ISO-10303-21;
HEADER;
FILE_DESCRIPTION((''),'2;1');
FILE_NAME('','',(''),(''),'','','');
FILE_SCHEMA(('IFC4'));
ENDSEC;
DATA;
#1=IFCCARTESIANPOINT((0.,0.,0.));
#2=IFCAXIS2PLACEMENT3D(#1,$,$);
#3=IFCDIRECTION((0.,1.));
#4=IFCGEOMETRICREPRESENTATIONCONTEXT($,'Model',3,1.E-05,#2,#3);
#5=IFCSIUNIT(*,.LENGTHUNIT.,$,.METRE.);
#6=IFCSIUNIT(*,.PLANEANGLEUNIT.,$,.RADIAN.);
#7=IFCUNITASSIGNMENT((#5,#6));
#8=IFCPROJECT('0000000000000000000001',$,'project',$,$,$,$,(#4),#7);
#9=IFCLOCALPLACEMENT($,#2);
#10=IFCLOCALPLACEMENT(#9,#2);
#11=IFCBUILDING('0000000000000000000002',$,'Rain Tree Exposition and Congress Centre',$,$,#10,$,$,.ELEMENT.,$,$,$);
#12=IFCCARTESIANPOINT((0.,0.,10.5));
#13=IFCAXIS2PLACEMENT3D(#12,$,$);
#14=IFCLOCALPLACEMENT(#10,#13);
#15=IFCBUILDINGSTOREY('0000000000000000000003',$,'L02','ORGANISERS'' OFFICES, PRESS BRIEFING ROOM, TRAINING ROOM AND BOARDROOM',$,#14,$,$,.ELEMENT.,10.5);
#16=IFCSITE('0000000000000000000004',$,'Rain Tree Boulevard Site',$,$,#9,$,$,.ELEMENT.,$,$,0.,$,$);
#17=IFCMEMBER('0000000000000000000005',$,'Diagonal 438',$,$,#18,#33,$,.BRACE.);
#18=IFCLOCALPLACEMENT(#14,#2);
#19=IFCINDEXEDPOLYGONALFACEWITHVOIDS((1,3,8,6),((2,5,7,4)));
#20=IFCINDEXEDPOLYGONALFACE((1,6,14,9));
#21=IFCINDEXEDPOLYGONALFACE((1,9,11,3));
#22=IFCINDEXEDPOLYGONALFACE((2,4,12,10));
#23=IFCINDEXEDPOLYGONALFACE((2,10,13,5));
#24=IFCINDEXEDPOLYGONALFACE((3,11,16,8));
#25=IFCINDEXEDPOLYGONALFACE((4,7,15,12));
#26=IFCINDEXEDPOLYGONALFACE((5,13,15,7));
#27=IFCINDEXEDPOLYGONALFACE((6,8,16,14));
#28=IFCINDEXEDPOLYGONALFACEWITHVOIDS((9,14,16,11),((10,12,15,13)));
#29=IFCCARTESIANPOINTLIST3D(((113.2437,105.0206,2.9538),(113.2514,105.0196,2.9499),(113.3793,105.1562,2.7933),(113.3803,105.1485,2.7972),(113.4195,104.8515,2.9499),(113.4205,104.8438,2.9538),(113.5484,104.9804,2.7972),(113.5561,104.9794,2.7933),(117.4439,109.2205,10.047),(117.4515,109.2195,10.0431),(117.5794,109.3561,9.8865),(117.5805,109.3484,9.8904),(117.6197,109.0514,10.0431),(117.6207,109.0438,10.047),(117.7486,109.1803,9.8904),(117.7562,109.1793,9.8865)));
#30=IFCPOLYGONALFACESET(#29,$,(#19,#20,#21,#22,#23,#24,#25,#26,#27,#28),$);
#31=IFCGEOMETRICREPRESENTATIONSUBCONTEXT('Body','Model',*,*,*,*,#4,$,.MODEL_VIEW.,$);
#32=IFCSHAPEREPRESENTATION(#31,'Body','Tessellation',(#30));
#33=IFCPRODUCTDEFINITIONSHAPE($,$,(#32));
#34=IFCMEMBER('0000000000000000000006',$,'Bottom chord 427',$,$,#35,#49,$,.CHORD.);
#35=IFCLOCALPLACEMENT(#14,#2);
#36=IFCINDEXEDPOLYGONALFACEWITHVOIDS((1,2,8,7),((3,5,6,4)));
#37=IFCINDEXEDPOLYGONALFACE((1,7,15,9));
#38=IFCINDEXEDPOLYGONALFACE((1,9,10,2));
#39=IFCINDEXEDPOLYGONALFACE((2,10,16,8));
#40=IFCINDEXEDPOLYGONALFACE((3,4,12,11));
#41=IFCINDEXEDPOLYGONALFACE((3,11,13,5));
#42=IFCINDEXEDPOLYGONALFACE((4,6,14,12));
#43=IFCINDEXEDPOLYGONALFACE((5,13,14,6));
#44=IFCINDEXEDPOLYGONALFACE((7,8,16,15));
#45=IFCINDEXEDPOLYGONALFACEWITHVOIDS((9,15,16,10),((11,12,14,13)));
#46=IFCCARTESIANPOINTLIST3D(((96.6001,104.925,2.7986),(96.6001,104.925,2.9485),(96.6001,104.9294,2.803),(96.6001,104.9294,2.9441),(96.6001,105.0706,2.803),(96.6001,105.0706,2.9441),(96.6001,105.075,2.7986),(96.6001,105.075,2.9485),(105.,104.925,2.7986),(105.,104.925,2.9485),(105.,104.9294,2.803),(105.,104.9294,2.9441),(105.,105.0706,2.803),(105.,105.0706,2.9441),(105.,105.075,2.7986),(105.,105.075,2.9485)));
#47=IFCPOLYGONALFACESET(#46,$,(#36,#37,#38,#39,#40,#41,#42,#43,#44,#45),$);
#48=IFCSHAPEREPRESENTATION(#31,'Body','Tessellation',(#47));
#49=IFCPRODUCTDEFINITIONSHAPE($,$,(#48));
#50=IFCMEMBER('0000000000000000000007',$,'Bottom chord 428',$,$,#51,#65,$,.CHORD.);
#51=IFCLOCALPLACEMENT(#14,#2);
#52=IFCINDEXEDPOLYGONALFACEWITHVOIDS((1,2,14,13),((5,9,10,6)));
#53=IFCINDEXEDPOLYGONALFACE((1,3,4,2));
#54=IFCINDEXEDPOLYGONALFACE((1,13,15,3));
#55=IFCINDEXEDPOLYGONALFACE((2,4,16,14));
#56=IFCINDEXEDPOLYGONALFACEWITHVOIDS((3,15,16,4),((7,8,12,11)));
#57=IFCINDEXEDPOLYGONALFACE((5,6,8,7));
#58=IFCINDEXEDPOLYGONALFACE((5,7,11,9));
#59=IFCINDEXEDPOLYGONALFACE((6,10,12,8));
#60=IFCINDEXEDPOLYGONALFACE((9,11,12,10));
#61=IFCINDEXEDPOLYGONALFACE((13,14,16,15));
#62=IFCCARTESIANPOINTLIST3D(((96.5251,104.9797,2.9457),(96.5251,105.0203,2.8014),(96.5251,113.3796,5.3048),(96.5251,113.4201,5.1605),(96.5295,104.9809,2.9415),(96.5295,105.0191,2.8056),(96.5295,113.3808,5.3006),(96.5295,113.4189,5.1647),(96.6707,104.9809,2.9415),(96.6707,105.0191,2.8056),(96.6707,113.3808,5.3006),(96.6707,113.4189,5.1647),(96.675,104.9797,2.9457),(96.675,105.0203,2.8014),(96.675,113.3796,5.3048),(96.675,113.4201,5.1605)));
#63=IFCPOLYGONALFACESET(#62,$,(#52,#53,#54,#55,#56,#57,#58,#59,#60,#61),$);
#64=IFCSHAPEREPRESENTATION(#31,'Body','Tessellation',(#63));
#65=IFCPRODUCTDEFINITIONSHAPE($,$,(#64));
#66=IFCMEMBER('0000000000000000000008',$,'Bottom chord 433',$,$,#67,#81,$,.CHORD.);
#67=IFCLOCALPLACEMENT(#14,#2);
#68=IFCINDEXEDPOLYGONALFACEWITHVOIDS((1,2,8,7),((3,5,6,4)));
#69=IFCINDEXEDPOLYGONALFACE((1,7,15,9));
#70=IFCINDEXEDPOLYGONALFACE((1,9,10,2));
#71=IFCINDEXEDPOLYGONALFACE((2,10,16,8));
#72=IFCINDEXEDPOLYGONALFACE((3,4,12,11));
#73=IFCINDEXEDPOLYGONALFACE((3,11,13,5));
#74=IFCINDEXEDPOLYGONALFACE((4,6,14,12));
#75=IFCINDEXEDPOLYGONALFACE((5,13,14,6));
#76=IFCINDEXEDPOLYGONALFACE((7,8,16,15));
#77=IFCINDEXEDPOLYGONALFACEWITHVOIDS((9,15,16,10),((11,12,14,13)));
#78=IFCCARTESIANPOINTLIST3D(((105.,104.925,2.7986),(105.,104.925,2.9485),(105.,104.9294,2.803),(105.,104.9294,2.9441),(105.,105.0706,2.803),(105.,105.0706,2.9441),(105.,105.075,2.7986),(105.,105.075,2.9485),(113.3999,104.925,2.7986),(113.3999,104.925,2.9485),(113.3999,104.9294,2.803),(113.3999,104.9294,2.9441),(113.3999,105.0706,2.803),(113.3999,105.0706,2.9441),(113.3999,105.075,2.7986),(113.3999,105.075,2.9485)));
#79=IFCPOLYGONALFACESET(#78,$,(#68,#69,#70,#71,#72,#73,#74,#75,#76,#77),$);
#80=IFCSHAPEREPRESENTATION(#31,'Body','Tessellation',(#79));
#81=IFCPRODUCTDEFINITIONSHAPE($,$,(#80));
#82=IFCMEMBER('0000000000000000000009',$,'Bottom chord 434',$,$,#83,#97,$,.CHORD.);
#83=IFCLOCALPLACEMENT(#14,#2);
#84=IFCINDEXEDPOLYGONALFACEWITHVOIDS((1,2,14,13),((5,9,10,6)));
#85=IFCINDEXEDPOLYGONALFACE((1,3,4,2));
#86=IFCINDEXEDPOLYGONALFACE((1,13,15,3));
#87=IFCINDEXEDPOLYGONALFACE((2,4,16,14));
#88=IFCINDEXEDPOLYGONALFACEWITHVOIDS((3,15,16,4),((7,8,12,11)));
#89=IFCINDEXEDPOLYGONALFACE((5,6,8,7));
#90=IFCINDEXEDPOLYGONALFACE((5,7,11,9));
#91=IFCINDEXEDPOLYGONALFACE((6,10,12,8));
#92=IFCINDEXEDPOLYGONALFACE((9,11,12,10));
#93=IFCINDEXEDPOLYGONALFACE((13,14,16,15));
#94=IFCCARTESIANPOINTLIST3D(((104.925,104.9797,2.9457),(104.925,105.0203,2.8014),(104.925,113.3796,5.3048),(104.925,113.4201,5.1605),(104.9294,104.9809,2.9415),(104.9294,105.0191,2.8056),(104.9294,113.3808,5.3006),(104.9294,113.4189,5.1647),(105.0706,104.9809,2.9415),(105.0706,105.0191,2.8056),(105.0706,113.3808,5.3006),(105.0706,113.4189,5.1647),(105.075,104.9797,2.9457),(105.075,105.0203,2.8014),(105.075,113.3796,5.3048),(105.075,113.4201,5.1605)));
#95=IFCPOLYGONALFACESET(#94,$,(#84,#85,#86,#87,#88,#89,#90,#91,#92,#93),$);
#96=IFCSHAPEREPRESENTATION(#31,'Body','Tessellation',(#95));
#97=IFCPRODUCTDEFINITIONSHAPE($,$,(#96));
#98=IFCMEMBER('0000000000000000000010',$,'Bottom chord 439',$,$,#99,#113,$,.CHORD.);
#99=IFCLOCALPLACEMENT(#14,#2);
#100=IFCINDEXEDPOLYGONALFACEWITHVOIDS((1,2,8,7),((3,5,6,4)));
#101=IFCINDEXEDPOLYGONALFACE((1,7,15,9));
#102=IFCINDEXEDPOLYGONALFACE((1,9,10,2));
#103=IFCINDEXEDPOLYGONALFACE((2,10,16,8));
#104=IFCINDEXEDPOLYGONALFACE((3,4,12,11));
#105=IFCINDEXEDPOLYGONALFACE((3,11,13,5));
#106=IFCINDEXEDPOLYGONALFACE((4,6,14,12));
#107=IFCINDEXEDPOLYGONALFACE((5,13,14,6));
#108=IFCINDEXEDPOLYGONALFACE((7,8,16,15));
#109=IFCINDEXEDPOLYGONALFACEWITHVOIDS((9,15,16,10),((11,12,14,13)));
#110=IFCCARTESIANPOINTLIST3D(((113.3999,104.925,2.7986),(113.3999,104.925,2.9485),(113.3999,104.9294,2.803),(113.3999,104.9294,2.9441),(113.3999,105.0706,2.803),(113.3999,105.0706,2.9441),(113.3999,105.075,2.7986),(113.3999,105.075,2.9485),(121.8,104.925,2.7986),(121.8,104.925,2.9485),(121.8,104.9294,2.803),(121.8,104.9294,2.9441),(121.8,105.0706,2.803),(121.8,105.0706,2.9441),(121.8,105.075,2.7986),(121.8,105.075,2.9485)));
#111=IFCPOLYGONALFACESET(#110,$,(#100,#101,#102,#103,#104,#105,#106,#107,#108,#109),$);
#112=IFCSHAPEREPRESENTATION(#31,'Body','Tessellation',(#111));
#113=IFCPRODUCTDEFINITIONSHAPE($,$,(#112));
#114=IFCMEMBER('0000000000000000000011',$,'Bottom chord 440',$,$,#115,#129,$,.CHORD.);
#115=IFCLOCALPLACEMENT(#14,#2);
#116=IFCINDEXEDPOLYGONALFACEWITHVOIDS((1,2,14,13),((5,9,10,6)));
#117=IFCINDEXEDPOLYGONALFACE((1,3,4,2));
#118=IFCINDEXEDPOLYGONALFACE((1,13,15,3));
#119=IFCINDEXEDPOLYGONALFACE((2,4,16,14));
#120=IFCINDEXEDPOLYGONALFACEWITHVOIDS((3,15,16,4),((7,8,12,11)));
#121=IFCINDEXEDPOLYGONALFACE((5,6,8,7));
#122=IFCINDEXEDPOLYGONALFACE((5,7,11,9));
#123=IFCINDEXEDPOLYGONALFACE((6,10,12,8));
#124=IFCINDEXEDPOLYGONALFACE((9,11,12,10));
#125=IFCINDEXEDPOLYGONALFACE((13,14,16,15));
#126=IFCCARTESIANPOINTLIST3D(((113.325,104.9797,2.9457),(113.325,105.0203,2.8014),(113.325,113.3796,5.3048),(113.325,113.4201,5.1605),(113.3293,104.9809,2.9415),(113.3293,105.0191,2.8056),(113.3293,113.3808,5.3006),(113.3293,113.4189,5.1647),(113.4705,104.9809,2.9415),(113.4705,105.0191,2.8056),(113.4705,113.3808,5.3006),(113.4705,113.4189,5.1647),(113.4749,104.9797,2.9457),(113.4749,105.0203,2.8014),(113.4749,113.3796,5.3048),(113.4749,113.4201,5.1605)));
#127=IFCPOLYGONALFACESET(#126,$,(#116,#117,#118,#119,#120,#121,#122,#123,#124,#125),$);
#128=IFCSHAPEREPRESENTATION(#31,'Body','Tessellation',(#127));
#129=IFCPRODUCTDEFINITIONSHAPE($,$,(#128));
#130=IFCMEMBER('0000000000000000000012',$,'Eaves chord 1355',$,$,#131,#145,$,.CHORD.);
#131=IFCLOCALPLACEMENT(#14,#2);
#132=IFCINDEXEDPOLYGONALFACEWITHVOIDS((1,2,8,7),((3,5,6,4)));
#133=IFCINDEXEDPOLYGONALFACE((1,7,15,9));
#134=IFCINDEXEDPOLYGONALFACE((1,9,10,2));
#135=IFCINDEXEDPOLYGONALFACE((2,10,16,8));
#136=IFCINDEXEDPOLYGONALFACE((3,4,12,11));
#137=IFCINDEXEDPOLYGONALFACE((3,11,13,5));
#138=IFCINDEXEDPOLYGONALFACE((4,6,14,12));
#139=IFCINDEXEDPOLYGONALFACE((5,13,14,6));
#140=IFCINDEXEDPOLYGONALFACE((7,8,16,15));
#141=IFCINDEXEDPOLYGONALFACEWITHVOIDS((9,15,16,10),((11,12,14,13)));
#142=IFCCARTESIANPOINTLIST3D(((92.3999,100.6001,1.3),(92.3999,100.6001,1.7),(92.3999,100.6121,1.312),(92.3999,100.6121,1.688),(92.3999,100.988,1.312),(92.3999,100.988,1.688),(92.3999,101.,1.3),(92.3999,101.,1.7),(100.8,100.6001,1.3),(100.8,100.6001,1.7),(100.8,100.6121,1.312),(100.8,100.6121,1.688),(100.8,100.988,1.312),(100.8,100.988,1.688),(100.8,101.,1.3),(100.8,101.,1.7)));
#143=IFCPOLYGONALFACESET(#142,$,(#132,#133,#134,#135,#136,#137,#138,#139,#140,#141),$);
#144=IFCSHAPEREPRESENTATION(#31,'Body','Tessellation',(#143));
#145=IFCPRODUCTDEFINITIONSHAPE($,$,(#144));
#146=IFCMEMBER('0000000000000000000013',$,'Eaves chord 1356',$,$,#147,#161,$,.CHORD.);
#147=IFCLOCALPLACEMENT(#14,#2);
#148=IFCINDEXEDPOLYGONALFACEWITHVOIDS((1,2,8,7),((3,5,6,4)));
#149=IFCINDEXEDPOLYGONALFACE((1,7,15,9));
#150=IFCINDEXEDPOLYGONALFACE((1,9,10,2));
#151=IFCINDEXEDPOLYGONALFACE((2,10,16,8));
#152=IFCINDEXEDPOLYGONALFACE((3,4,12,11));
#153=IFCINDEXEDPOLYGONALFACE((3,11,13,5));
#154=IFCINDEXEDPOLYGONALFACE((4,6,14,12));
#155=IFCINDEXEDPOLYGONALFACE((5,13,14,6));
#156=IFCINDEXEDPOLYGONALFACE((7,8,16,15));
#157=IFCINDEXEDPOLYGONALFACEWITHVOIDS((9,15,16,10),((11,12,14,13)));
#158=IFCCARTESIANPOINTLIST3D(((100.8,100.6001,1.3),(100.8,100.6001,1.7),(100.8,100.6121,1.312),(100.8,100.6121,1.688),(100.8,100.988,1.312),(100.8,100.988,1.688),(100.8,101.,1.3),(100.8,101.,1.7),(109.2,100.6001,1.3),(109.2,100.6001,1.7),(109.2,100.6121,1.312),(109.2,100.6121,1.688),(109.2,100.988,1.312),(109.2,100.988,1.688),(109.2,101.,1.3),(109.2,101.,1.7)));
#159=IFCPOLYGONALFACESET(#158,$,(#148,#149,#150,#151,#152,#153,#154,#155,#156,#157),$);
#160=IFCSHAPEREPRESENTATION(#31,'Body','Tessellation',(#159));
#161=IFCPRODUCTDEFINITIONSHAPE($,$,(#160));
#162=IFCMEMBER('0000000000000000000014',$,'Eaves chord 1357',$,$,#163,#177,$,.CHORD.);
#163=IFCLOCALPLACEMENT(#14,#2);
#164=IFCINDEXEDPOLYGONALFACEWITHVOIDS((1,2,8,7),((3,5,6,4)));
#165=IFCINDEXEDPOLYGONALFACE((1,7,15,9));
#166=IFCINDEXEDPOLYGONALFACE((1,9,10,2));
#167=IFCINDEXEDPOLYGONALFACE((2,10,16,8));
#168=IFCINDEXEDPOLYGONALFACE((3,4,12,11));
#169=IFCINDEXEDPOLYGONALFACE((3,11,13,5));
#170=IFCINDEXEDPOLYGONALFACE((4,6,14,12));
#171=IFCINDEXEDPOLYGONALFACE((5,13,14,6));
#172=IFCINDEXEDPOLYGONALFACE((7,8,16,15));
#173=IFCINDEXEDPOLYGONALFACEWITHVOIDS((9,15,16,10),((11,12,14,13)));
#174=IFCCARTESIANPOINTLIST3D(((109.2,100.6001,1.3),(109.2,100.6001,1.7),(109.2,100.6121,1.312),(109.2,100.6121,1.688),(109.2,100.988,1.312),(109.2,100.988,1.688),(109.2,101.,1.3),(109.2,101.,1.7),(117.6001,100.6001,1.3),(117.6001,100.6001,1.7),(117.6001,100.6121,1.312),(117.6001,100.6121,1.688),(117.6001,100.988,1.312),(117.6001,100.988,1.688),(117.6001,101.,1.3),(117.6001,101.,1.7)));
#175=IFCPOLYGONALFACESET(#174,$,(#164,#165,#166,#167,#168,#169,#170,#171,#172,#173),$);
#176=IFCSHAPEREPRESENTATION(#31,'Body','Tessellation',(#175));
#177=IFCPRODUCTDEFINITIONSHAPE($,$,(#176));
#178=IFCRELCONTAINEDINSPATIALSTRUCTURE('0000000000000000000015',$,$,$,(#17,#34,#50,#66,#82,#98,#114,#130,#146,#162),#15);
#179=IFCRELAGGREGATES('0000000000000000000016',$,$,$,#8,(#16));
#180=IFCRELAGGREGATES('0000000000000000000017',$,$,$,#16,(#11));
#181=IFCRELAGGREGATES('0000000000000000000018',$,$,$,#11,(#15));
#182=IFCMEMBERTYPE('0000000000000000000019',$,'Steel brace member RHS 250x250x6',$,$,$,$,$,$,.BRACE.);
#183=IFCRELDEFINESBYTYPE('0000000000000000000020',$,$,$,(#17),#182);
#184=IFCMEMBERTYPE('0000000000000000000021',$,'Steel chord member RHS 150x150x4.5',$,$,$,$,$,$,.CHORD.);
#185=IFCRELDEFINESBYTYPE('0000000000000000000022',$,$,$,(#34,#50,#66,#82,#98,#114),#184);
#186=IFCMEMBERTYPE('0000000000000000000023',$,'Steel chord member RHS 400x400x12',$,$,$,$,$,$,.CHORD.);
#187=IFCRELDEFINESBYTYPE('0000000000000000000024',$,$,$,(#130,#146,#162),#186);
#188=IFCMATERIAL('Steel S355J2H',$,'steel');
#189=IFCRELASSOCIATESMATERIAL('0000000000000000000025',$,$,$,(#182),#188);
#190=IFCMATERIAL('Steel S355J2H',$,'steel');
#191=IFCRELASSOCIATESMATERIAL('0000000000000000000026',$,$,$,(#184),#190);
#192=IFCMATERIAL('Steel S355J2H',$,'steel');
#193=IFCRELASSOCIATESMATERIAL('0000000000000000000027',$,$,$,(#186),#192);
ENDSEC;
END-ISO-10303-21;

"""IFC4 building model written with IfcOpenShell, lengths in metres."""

from ifc_helpers import new_model, si_unit, direction, frame, origin, origin_2d, place, context, subcontext, project, spatial, hollow_rectangle, extrude, material, material_profile, profile_set, type_object, element, save


model = new_model("IFC4")

# Units and contexts
model_context = context("Model", 3, precision=1e-05, world=origin(), true_north=direction((0.0, 1.0)))
body_context = subcontext(model_context, "Body", "Model", "MODEL_VIEW")
ifc_project = project(units=[si_unit("LENGTHUNIT", "METRE"), si_unit("PLANEANGLEUNIT", "RADIAN")], contexts=[model_context])

# Site, building, storey
site_placement = place(None, origin())
site = spatial("IfcSite", under=ifc_project, at=site_placement, Name="Rain Tree Boulevard Site", CompositionType="ELEMENT", RefElevation=0.0)
building_placement = place(site_placement, origin())
building = spatial("IfcBuilding", under=site, at=building_placement, Name="Rain Tree Exposition and Congress Centre", CompositionType="ELEMENT")
storey_placement = place(building_placement, frame((0.0, 0.0, 10.5)))
storey = spatial("IfcBuildingStorey", under=building, at=storey_placement, Name="L02", Description="ORGANISERS' OFFICES, PRESS BRIEFING ROOM, TRAINING ROOM AND BOARDROOM", CompositionType="ELEMENT", Elevation=10.5)

# Members
ifc_material_1 = material(Name="Steel S355J2H", Category="steel")
ifc_material_profile_1 = material_profile(ifc_material_1, hollow_rectangle(XDim=0.25, YDim=0.25, WallThickness=0.0061, at=origin_2d()), Name="RHS 250x250x6")
ifc_profile_set_1 = profile_set([ifc_material_profile_1], Name="Steel S355J2H")
member_type_1 = type_object("IfcMemberType", Name="Steel brace member RHS 250x250x6", PredefinedType="BRACE", material=ifc_profile_set_1)
for number, where, z_axis, x_axis, name in (
    (1, (113.3999, 105.0, 2.8735), (0.453987, 0.453961, 0.766691), (-0.707086, 0.707127, 0.0), "Diagonal 438"),
):
    element("IfcMember", number, at=place(storey_placement, frame(where, z_axis=z_axis, x_axis=x_axis)), inside=storey, type_object=member_type_1, Name=name, PredefinedType="BRACE", context=body_context, shape_type="SweptSolid", body=[
        extrude(hollow_rectangle(XDim=0.25, YDim=0.25, WallThickness=0.0061, at=origin_2d()), origin(), (0.0, 0.0, 1.0), 9.2517),
    ])
ifc_material_2 = material(Name="Steel S355J2H", Category="steel")
ifc_material_profile_2 = material_profile(ifc_material_2, hollow_rectangle(XDim=0.1499, YDim=0.1499, WallThickness=0.0044, at=origin_2d()), Name="RHS 150x150x4.5")
ifc_profile_set_2 = profile_set([ifc_material_profile_2], Name="Steel S355J2H")
member_type_2 = type_object("IfcMemberType", Name="Steel chord member RHS 150x150x4.5", PredefinedType="CHORD", material=ifc_profile_set_2)
member_1_placement = place(storey_placement, frame((96.6001, 105.0, 2.8735), z_axis=(1.0, 0.0, 0.0), x_axis=(0.0, 1.0, 0.0)))
element("IfcMember", 2, at=member_1_placement, inside=storey, type_object=member_type_2, Name="Bottom chord 427", PredefinedType="CHORD", context=body_context, shape_type="SweptSolid", body=[
    extrude(hollow_rectangle(XDim=0.1499, YDim=0.1499, WallThickness=0.0044, at=origin_2d()), origin(), (0.0, 0.0, 1.0), 8.3999),
])
member_2_placement = place(storey_placement, frame((96.6001, 105.0, 2.8735), z_axis=(0.0, 0.962751, 0.270391), x_axis=(-1.0, 0.0, 0.0)))
element("IfcMember", 3, at=member_2_placement, inside=storey, type_object=member_type_2, Name="Bottom chord 428", PredefinedType="CHORD", context=body_context, shape_type="SweptSolid", body=[
    extrude(hollow_rectangle(XDim=0.1499, YDim=0.1499, WallThickness=0.0044, at=origin_2d()), origin(), (0.0, 0.0, 1.0), 8.7249),
])
member_3_placement = place(storey_placement, frame((105.0, 105.0, 2.8735), z_axis=(1.0, 0.0, 0.0), x_axis=(0.0, 1.0, 0.0)))
element("IfcMember", 4, at=member_3_placement, inside=storey, type_object=member_type_2, Name="Bottom chord 433", PredefinedType="CHORD", context=body_context, shape_type="SweptSolid", body=[
    extrude(hollow_rectangle(XDim=0.1499, YDim=0.1499, WallThickness=0.0044, at=origin_2d()), origin(), (0.0, 0.0, 1.0), 8.3999),
])
member_4_placement = place(storey_placement, frame((105.0, 105.0, 2.8735), z_axis=(0.0, 0.962751, 0.270391), x_axis=(-1.0, 0.0, 0.0)))
element("IfcMember", 5, at=member_4_placement, inside=storey, type_object=member_type_2, Name="Bottom chord 434", PredefinedType="CHORD", context=body_context, shape_type="SweptSolid", body=[
    extrude(hollow_rectangle(XDim=0.1499, YDim=0.1499, WallThickness=0.0044, at=origin_2d()), origin(), (0.0, 0.0, 1.0), 8.7249),
])
member_5_placement = place(storey_placement, frame((113.3999, 105.0, 2.8735), z_axis=(1.0, 0.0, 0.0), x_axis=(0.0, 1.0, 0.0)))
element("IfcMember", 6, at=member_5_placement, inside=storey, type_object=member_type_2, Name="Bottom chord 439", PredefinedType="CHORD", context=body_context, shape_type="SweptSolid", body=[
    extrude(hollow_rectangle(XDim=0.1499, YDim=0.1499, WallThickness=0.0044, at=origin_2d()), origin(), (0.0, 0.0, 1.0), 8.4001),
])
member_6_placement = place(storey_placement, frame((113.3999, 105.0, 2.8735), z_axis=(0.0, 0.962751, 0.270391), x_axis=(-1.0, 0.0, 0.0)))
element("IfcMember", 7, at=member_6_placement, inside=storey, type_object=member_type_2, Name="Bottom chord 440", PredefinedType="CHORD", context=body_context, shape_type="SweptSolid", body=[
    extrude(hollow_rectangle(XDim=0.1499, YDim=0.1499, WallThickness=0.0044, at=origin_2d()), origin(), (0.0, 0.0, 1.0), 8.7249),
])
ifc_material_3 = material(Name="Steel S355J2H", Category="steel")
ifc_material_profile_3 = material_profile(ifc_material_3, hollow_rectangle(XDim=0.3999, YDim=0.3999, WallThickness=0.012, at=origin_2d()), Name="RHS 400x400x12")
ifc_profile_set_3 = profile_set([ifc_material_profile_3], Name="Steel S355J2H")
member_type_3 = type_object("IfcMemberType", Name="Steel chord member RHS 400x400x12", PredefinedType="CHORD", material=ifc_profile_set_3)
member_7_placement = place(storey_placement, frame((92.3999, 100.8, 1.5), z_axis=(1.0, 0.0, 0.0), x_axis=(0.0, 1.0, 0.0)))
element("IfcMember", 8, at=member_7_placement, inside=storey, type_object=member_type_3, Name="Eaves chord 1355", PredefinedType="CHORD", context=body_context, shape_type="SweptSolid", body=[
    extrude(hollow_rectangle(XDim=0.3999, YDim=0.3999, WallThickness=0.012, at=origin_2d()), origin(), (0.0, 0.0, 1.0), 8.4001),
])
member_8_placement = place(storey_placement, frame((100.8, 100.8, 1.5), z_axis=(1.0, 0.0, 0.0), x_axis=(0.0, 1.0, 0.0)))
element("IfcMember", 9, at=member_8_placement, inside=storey, type_object=member_type_3, Name="Eaves chord 1356", PredefinedType="CHORD", context=body_context, shape_type="SweptSolid", body=[
    extrude(hollow_rectangle(XDim=0.3999, YDim=0.3999, WallThickness=0.012, at=origin_2d()), origin(), (0.0, 0.0, 1.0), 8.3999),
])
member_9_placement = place(storey_placement, frame((109.2, 100.8, 1.5), z_axis=(1.0, 0.0, 0.0), x_axis=(0.0, 1.0, 0.0)))
element("IfcMember", 10, at=member_9_placement, inside=storey, type_object=member_type_3, Name="Eaves chord 1357", PredefinedType="CHORD", context=body_context, shape_type="SweptSolid", body=[
    extrude(hollow_rectangle(XDim=0.3999, YDim=0.3999, WallThickness=0.012, at=origin_2d()), origin(), (0.0, 0.0, 1.0), 8.4001),
])

save(model, "model.ifc")
